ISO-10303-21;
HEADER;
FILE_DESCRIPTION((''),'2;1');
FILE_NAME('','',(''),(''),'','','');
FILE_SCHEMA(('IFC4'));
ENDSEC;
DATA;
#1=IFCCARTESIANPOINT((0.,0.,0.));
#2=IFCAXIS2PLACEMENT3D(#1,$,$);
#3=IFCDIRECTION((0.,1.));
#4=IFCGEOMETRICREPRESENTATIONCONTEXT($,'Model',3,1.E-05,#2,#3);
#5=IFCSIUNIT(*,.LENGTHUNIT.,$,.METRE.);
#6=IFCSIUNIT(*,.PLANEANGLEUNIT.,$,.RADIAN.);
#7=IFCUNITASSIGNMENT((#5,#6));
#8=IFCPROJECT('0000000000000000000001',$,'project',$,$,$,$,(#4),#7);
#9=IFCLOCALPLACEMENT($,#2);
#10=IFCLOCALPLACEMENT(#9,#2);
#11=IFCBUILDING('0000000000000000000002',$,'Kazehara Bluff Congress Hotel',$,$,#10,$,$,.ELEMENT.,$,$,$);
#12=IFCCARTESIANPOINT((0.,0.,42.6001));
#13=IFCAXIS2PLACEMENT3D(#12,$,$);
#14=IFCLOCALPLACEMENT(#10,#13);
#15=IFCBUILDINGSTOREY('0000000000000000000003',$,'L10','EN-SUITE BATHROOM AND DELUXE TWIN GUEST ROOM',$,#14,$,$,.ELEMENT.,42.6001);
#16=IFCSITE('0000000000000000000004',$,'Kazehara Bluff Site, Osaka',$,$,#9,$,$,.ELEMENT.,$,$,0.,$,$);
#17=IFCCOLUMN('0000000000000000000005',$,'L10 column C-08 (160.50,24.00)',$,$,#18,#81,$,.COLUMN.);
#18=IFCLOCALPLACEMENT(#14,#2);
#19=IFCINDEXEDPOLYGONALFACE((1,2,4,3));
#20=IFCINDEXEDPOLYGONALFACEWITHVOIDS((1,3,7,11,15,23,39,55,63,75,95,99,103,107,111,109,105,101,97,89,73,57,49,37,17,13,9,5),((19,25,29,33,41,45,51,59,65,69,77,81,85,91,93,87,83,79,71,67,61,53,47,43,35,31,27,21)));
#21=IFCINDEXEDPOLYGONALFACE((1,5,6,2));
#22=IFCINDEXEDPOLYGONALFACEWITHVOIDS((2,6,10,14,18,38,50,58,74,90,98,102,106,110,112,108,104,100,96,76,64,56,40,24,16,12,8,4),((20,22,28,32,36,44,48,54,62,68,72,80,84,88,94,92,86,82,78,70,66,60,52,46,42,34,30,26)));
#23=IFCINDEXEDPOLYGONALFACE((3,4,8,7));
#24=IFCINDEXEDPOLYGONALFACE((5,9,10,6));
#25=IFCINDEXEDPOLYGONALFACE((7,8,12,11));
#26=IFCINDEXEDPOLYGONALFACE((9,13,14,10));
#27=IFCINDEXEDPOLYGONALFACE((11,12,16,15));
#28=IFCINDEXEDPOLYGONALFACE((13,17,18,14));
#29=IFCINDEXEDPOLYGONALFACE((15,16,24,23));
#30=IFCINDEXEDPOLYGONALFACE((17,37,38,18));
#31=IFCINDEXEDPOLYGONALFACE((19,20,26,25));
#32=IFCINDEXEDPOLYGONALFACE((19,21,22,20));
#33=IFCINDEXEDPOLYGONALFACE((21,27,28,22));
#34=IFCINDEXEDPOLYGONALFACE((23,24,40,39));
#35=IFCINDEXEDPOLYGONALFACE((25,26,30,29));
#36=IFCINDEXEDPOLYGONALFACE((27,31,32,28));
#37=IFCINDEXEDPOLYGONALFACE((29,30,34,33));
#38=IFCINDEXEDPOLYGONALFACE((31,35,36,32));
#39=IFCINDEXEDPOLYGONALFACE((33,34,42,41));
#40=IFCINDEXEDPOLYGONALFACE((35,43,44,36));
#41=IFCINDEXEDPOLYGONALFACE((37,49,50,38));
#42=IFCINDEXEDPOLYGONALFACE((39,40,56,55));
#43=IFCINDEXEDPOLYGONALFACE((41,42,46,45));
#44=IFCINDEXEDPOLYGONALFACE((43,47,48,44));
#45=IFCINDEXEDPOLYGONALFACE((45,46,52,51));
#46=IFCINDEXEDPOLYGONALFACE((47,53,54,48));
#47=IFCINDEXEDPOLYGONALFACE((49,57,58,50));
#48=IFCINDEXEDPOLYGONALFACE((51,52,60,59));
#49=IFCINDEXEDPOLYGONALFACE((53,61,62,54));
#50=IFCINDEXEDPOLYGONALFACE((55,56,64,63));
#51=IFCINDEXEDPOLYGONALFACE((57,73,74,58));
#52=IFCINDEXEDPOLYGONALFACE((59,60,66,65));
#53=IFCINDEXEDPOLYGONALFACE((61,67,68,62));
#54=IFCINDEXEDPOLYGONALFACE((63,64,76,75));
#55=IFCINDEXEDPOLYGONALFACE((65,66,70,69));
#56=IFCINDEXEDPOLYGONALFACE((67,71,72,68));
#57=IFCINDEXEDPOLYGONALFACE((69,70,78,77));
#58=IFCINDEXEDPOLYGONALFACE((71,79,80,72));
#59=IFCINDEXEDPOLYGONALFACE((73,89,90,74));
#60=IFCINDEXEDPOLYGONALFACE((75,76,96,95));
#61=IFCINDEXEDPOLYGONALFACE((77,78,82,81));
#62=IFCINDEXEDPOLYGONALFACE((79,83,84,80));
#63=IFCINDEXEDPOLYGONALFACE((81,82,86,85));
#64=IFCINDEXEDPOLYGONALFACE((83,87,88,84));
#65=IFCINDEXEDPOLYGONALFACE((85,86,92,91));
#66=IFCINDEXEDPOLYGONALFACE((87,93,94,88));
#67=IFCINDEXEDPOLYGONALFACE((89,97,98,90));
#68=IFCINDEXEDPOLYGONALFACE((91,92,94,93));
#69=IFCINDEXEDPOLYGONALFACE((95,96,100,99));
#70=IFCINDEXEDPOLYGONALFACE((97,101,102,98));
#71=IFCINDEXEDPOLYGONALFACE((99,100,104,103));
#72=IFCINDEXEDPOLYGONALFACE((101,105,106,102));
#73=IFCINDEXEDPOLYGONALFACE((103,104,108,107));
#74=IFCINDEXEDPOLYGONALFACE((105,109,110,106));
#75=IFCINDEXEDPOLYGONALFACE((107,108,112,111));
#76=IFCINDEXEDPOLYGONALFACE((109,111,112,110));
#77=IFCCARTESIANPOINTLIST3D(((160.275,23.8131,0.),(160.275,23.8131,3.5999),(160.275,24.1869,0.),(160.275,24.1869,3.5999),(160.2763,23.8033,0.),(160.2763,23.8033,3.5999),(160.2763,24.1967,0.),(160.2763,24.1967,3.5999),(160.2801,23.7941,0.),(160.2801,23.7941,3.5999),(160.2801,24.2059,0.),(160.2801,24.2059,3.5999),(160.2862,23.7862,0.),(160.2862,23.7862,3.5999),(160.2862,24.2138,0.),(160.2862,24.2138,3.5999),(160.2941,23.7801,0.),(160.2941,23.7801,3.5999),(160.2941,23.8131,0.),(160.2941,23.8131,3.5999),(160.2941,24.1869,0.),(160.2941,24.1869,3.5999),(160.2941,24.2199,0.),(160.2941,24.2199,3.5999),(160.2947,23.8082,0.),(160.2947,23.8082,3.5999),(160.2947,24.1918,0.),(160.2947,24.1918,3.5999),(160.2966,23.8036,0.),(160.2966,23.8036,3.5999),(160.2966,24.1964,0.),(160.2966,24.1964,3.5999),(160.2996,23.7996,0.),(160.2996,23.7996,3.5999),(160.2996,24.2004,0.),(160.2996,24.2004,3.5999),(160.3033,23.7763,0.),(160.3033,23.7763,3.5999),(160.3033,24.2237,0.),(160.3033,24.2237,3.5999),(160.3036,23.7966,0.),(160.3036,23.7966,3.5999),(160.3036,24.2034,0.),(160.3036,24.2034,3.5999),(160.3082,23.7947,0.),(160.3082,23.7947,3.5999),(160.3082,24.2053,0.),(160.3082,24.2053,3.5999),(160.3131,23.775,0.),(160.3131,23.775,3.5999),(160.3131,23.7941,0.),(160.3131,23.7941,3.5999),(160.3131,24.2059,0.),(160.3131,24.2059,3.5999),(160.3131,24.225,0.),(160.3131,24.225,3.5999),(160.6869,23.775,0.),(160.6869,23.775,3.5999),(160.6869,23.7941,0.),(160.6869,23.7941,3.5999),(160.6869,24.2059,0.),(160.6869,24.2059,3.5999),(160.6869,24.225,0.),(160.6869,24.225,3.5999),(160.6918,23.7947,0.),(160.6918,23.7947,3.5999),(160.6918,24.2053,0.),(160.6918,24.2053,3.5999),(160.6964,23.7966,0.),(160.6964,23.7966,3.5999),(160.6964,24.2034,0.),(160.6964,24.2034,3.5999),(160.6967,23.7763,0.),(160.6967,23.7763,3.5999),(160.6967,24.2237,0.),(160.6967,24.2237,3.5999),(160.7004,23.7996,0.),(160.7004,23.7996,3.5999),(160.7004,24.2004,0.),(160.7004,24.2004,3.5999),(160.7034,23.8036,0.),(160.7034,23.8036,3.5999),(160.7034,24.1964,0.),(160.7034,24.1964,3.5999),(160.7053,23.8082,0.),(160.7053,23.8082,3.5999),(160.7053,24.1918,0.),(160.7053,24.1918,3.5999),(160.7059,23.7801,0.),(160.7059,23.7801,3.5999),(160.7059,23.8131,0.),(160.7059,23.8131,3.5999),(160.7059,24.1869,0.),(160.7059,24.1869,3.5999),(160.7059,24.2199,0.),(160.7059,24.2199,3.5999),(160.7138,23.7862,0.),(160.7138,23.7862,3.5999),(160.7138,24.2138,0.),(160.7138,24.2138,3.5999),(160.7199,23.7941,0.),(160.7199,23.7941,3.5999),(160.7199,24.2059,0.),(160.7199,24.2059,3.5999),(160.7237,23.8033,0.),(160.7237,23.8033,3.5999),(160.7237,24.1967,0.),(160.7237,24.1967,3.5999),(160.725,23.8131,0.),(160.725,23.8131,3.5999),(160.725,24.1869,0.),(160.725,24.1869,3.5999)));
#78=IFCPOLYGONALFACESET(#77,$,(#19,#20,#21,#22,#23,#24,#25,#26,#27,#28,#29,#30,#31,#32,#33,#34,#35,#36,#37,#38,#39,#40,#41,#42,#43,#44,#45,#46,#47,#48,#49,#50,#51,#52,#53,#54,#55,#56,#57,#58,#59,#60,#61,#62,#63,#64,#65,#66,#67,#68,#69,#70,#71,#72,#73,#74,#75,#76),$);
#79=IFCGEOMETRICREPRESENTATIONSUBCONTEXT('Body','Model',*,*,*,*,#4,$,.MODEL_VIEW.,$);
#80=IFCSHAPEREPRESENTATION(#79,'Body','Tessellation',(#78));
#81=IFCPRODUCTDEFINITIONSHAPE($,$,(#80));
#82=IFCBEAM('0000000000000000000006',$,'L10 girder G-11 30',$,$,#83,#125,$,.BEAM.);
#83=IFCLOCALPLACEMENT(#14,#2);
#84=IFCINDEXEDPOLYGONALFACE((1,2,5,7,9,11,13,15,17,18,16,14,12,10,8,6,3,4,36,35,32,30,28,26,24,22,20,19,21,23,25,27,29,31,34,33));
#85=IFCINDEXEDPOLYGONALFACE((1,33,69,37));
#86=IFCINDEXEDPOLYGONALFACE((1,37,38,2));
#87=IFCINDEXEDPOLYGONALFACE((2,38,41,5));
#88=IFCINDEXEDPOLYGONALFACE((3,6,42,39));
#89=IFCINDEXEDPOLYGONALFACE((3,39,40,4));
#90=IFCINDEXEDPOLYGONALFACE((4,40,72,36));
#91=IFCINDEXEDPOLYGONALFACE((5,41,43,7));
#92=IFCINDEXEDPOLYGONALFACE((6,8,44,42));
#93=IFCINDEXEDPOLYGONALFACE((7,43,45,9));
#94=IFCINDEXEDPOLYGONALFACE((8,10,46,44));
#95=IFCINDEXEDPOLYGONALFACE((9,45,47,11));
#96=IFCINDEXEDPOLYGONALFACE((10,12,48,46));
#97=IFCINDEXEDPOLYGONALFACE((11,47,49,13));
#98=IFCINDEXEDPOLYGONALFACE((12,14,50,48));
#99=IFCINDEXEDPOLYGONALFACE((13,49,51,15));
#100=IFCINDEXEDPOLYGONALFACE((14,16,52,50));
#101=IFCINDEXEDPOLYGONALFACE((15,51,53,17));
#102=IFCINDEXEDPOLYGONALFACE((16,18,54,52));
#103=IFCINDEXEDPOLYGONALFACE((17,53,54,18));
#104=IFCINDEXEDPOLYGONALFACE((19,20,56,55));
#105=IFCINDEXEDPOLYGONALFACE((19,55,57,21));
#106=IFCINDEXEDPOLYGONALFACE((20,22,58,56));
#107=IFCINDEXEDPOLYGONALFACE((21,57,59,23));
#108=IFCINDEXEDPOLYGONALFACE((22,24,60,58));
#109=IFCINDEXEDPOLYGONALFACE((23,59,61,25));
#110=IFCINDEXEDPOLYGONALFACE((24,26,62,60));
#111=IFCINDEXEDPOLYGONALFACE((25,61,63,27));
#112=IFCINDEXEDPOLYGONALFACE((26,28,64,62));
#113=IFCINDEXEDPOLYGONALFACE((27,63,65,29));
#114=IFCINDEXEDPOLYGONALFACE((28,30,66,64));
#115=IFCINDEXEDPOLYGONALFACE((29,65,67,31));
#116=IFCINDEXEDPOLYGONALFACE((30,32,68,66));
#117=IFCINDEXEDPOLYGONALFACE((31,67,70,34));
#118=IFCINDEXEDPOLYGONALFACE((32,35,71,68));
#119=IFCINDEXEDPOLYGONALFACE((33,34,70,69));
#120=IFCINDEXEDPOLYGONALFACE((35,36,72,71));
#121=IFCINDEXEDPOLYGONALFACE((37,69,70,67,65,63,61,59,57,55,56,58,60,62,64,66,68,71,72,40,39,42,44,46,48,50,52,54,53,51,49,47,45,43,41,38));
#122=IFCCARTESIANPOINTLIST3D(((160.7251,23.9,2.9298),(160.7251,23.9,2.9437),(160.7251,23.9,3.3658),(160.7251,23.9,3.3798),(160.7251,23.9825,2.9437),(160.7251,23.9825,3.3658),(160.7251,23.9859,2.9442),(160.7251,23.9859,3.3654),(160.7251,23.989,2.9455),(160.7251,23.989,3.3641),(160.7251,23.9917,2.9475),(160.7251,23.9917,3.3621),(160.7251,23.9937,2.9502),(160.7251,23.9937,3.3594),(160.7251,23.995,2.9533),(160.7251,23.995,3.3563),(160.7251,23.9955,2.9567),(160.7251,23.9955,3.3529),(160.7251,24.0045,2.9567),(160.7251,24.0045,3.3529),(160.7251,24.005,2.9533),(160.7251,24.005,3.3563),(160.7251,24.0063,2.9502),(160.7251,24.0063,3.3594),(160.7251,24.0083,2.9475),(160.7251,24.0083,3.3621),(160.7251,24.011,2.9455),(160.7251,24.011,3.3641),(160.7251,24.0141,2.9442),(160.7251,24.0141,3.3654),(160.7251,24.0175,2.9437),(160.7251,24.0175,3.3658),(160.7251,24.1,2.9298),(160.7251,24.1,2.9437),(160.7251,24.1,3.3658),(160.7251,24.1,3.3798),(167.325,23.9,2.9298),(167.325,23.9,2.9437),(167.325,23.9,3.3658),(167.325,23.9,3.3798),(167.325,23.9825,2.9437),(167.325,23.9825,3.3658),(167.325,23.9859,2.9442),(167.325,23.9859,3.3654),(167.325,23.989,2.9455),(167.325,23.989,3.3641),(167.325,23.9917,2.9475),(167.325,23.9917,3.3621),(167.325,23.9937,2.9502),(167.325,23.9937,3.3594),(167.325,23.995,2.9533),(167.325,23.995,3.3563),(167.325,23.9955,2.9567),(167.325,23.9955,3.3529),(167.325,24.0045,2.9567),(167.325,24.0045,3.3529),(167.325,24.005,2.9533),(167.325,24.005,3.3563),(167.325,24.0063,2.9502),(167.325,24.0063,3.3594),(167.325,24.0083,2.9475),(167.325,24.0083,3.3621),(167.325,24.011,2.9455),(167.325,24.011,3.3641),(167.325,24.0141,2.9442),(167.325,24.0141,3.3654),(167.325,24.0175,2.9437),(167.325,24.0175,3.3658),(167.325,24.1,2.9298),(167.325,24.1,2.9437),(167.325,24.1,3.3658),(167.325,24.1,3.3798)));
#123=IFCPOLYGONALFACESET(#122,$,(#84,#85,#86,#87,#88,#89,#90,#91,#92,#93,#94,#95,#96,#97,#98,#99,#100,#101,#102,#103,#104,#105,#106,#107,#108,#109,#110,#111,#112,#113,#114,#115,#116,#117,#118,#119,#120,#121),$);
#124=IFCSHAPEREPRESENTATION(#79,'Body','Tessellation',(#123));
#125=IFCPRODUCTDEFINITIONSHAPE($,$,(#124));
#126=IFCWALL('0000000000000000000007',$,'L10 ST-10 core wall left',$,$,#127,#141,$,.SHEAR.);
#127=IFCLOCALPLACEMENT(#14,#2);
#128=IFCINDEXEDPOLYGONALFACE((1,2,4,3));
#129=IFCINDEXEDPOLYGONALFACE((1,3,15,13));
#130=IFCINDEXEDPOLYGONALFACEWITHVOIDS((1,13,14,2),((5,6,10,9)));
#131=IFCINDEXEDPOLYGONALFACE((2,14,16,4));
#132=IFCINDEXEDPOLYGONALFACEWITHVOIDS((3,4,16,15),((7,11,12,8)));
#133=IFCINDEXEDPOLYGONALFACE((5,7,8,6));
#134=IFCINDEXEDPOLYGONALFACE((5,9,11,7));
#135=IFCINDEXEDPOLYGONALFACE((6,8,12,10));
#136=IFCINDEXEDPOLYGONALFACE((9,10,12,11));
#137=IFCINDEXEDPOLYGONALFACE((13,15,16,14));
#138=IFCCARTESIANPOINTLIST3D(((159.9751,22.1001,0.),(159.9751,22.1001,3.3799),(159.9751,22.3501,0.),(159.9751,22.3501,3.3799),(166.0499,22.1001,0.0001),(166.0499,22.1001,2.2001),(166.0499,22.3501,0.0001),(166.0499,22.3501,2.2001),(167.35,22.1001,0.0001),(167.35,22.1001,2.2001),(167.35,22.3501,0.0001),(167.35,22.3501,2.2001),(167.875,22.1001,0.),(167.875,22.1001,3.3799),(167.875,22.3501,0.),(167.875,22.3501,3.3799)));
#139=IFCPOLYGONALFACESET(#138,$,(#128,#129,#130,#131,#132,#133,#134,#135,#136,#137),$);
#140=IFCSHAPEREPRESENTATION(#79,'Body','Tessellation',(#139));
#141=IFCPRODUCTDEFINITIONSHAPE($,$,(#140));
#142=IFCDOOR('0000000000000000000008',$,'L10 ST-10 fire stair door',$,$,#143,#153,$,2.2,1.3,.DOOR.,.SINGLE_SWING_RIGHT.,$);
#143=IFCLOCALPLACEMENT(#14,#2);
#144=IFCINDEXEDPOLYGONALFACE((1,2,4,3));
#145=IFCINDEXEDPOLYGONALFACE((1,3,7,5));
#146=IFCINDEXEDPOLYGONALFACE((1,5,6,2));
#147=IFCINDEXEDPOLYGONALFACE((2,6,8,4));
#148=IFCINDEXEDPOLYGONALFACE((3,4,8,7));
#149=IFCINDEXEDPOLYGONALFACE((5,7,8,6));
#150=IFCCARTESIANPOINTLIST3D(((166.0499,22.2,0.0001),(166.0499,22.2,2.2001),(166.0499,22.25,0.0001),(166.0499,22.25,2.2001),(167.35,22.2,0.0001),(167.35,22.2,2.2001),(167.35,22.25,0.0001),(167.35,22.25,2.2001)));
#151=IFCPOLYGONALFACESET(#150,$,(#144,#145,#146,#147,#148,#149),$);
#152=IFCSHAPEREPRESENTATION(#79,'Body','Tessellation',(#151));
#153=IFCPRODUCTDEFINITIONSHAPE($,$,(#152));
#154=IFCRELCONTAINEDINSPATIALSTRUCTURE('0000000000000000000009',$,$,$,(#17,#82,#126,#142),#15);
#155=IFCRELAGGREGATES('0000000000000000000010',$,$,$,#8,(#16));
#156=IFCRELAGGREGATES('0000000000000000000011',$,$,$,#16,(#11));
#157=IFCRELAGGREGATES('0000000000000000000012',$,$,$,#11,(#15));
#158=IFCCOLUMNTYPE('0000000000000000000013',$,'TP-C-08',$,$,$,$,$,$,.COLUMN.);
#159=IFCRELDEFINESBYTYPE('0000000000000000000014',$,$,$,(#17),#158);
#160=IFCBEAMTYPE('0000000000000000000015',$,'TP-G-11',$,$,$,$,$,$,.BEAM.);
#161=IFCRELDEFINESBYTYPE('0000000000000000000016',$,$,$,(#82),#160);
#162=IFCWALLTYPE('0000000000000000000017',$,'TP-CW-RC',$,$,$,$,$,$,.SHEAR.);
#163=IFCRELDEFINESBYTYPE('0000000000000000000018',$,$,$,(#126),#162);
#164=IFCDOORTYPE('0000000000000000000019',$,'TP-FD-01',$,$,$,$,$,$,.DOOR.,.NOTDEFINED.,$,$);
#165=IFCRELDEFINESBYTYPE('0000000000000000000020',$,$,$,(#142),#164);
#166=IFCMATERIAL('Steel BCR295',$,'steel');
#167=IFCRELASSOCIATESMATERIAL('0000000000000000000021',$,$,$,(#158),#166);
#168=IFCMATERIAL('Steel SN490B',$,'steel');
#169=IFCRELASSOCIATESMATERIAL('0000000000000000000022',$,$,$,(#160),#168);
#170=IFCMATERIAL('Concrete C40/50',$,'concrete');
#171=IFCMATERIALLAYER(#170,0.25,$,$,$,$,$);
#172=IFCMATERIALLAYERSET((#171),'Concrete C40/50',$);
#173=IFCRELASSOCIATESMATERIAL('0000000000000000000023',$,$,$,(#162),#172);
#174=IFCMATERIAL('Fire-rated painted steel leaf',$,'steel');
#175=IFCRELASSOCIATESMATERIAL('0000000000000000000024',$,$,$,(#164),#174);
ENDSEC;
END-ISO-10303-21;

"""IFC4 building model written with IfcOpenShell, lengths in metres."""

from ifc_helpers import new_model, si_unit, direction, frame, frame_2d, origin, origin_2d, place, context, subcontext, project, spatial, rectangle, hollow_rectangle, i_section, extrude, material, layer, layer_set, material_profile, profile_set, type_object, element, fill, save


model = new_model("IFC4")

# Units and contexts
model_context = context("Model", 3, precision=1e-05, world=origin(), true_north=direction((0.0, 1.0)))
body_context = subcontext(model_context, "Body", "Model", "MODEL_VIEW")
ifc_project = project(units=[si_unit("LENGTHUNIT", "METRE"), si_unit("PLANEANGLEUNIT", "RADIAN")], contexts=[model_context])

# Site, building, storey
site_placement = place(None, origin())
site = spatial("IfcSite", under=ifc_project, at=site_placement, Name="Kazehara Bluff Site, Osaka", CompositionType="ELEMENT", RefElevation=0.0)
building_placement = place(site_placement, origin())
building = spatial("IfcBuilding", under=site, at=building_placement, Name="Kazehara Bluff Congress Hotel", CompositionType="ELEMENT")
storey_placement = place(building_placement, frame((0.0, 0.0, 42.6001)))
storey = spatial("IfcBuildingStorey", under=building, at=storey_placement, Name="L10", Description="EN-SUITE BATHROOM AND DELUXE TWIN GUEST ROOM", CompositionType="ELEMENT", Elevation=42.6001)

# Column
ifc_material_1 = material(Name="Steel BCR295", Category="steel")
ifc_material_profile_1 = material_profile(ifc_material_1, hollow_rectangle(XDim=0.45, YDim=0.45, WallThickness=0.019, InnerFilletRadius=0.019, OuterFilletRadius=0.0381, at=origin_2d()))
ifc_profile_set_1 = profile_set([ifc_material_profile_1], Name="Steel BCR295")
column_type = type_object("IfcColumnType", Name="TP-C-08", PredefinedType="COLUMN", material=ifc_profile_set_1)
column_placement = place(storey_placement, frame((160.5, 24.0, 0.0), z_axis=(0.0, 0.0, 1.0), x_axis=(1.0, 0.0, 0.0)))
element("IfcColumn", 1, at=column_placement, inside=storey, type_object=column_type, Name="L10 column C-08 (160.50,24.00)", PredefinedType="COLUMN", context=body_context, shape_type="SweptSolid", body=[
    extrude(hollow_rectangle(XDim=0.45, YDim=0.45, WallThickness=0.019, InnerFilletRadius=0.019, OuterFilletRadius=0.0381, at=origin_2d()), origin(), (0.0, 0.0, 1.0), 3.5999),
])

# Beam
ifc_material_2 = material(Name="Steel SN490B", Category="steel")
ifc_material_profile_2 = material_profile(ifc_material_2, i_section(OverallWidth=0.2, OverallDepth=0.45, WebThickness=0.009, FlangeThickness=0.0139, FilletRadius=0.0129, at=origin_2d()))
ifc_profile_set_2 = profile_set([ifc_material_profile_2], Name="Steel SN490B")
beam_type = type_object("IfcBeamType", Name="TP-G-11", PredefinedType="BEAM", material=ifc_profile_set_2)
beam_placement = place(storey_placement, frame((160.7251, 24.0, 3.1548), z_axis=(1.0, 0.0, 0.0), x_axis=(0.0, 1.0, 0.0)))
element("IfcBeam", 2, at=beam_placement, inside=storey, type_object=beam_type, Name="L10 girder G-11 30", PredefinedType="BEAM", context=body_context, shape_type="SweptSolid", body=[
    extrude(i_section(OverallWidth=0.2, OverallDepth=0.45, WebThickness=0.009, FlangeThickness=0.0139, FilletRadius=0.0129, at=origin_2d()), origin(), (0.0, 0.0, 1.0), 6.5999),
])

# Wall, opening, door
ifc_material_3 = material(Name="Concrete C40/50", Category="concrete")
ifc_layer = layer(ifc_material_3, 0.25)
ifc_layer_set = layer_set([ifc_layer], Name="Concrete C40/50")
wall_type = type_object("IfcWallType", Name="TP-CW-RC", PredefinedType="SHEAR", material=ifc_layer_set)
wall_placement = place(storey_placement, frame((159.9751, 22.2251, 0.0), z_axis=(0.0, 0.0, 1.0), x_axis=(1.0, 0.0, 0.0)))
wall = element("IfcWall", 3, at=wall_placement, inside=storey, type_object=wall_type, Name="L10 ST-10 core wall left", PredefinedType="SHEAR", context=body_context, shape_type="SweptSolid", body=[
    extrude(rectangle(XDim=7.8999, YDim=0.25, at=frame_2d((3.95, 0.0))), origin(), (0.0, 0.0, 1.0), 3.3799),
])
opening_placement = place(wall_placement, frame((6.075, 0.0, 0.0)))
opening = element("IfcOpeningElement", 4, at=opening_placement, cuts=wall, PredefinedType="OPENING", context=body_context, shape_type="SweptSolid", body=[
    extrude(rectangle(XDim=1.3, YDim=2.2, at=frame_2d((0.6499, 1.1001))), frame((0.0, 0.135, 0.0), z_axis=(0.0, -1.0, 0.0), x_axis=(1.0, 0.0, 0.0)), (0.0, 0.0, 1.0), 0.27),
])
ifc_material_4 = material(Name="Fire-rated painted steel leaf", Category="steel")
door_type = type_object("IfcDoorType", Name="TP-FD-01", OperationType="NOTDEFINED", PredefinedType="DOOR", material=ifc_material_4)
door_placement = place(opening_placement, origin())
door = element("IfcDoor", 5, at=door_placement, inside=storey, type_object=door_type, Name="L10 ST-10 fire stair door", OperationType="SINGLE_SWING_RIGHT", OverallHeight=2.2, OverallWidth=1.3, PredefinedType="DOOR", context=body_context, shape_type="SweptSolid", body=[
    extrude(rectangle(XDim=1.3, YDim=2.2, at=frame_2d((0.6499, 1.1001))), frame((0.0, 0.0249, 0.0), z_axis=(0.0, -1.0, 0.0), x_axis=(1.0, 0.0, 0.0)), (0.0, 0.0, 1.0), 0.05),
])
fill(opening, door)

save(model, "model.ifc")
